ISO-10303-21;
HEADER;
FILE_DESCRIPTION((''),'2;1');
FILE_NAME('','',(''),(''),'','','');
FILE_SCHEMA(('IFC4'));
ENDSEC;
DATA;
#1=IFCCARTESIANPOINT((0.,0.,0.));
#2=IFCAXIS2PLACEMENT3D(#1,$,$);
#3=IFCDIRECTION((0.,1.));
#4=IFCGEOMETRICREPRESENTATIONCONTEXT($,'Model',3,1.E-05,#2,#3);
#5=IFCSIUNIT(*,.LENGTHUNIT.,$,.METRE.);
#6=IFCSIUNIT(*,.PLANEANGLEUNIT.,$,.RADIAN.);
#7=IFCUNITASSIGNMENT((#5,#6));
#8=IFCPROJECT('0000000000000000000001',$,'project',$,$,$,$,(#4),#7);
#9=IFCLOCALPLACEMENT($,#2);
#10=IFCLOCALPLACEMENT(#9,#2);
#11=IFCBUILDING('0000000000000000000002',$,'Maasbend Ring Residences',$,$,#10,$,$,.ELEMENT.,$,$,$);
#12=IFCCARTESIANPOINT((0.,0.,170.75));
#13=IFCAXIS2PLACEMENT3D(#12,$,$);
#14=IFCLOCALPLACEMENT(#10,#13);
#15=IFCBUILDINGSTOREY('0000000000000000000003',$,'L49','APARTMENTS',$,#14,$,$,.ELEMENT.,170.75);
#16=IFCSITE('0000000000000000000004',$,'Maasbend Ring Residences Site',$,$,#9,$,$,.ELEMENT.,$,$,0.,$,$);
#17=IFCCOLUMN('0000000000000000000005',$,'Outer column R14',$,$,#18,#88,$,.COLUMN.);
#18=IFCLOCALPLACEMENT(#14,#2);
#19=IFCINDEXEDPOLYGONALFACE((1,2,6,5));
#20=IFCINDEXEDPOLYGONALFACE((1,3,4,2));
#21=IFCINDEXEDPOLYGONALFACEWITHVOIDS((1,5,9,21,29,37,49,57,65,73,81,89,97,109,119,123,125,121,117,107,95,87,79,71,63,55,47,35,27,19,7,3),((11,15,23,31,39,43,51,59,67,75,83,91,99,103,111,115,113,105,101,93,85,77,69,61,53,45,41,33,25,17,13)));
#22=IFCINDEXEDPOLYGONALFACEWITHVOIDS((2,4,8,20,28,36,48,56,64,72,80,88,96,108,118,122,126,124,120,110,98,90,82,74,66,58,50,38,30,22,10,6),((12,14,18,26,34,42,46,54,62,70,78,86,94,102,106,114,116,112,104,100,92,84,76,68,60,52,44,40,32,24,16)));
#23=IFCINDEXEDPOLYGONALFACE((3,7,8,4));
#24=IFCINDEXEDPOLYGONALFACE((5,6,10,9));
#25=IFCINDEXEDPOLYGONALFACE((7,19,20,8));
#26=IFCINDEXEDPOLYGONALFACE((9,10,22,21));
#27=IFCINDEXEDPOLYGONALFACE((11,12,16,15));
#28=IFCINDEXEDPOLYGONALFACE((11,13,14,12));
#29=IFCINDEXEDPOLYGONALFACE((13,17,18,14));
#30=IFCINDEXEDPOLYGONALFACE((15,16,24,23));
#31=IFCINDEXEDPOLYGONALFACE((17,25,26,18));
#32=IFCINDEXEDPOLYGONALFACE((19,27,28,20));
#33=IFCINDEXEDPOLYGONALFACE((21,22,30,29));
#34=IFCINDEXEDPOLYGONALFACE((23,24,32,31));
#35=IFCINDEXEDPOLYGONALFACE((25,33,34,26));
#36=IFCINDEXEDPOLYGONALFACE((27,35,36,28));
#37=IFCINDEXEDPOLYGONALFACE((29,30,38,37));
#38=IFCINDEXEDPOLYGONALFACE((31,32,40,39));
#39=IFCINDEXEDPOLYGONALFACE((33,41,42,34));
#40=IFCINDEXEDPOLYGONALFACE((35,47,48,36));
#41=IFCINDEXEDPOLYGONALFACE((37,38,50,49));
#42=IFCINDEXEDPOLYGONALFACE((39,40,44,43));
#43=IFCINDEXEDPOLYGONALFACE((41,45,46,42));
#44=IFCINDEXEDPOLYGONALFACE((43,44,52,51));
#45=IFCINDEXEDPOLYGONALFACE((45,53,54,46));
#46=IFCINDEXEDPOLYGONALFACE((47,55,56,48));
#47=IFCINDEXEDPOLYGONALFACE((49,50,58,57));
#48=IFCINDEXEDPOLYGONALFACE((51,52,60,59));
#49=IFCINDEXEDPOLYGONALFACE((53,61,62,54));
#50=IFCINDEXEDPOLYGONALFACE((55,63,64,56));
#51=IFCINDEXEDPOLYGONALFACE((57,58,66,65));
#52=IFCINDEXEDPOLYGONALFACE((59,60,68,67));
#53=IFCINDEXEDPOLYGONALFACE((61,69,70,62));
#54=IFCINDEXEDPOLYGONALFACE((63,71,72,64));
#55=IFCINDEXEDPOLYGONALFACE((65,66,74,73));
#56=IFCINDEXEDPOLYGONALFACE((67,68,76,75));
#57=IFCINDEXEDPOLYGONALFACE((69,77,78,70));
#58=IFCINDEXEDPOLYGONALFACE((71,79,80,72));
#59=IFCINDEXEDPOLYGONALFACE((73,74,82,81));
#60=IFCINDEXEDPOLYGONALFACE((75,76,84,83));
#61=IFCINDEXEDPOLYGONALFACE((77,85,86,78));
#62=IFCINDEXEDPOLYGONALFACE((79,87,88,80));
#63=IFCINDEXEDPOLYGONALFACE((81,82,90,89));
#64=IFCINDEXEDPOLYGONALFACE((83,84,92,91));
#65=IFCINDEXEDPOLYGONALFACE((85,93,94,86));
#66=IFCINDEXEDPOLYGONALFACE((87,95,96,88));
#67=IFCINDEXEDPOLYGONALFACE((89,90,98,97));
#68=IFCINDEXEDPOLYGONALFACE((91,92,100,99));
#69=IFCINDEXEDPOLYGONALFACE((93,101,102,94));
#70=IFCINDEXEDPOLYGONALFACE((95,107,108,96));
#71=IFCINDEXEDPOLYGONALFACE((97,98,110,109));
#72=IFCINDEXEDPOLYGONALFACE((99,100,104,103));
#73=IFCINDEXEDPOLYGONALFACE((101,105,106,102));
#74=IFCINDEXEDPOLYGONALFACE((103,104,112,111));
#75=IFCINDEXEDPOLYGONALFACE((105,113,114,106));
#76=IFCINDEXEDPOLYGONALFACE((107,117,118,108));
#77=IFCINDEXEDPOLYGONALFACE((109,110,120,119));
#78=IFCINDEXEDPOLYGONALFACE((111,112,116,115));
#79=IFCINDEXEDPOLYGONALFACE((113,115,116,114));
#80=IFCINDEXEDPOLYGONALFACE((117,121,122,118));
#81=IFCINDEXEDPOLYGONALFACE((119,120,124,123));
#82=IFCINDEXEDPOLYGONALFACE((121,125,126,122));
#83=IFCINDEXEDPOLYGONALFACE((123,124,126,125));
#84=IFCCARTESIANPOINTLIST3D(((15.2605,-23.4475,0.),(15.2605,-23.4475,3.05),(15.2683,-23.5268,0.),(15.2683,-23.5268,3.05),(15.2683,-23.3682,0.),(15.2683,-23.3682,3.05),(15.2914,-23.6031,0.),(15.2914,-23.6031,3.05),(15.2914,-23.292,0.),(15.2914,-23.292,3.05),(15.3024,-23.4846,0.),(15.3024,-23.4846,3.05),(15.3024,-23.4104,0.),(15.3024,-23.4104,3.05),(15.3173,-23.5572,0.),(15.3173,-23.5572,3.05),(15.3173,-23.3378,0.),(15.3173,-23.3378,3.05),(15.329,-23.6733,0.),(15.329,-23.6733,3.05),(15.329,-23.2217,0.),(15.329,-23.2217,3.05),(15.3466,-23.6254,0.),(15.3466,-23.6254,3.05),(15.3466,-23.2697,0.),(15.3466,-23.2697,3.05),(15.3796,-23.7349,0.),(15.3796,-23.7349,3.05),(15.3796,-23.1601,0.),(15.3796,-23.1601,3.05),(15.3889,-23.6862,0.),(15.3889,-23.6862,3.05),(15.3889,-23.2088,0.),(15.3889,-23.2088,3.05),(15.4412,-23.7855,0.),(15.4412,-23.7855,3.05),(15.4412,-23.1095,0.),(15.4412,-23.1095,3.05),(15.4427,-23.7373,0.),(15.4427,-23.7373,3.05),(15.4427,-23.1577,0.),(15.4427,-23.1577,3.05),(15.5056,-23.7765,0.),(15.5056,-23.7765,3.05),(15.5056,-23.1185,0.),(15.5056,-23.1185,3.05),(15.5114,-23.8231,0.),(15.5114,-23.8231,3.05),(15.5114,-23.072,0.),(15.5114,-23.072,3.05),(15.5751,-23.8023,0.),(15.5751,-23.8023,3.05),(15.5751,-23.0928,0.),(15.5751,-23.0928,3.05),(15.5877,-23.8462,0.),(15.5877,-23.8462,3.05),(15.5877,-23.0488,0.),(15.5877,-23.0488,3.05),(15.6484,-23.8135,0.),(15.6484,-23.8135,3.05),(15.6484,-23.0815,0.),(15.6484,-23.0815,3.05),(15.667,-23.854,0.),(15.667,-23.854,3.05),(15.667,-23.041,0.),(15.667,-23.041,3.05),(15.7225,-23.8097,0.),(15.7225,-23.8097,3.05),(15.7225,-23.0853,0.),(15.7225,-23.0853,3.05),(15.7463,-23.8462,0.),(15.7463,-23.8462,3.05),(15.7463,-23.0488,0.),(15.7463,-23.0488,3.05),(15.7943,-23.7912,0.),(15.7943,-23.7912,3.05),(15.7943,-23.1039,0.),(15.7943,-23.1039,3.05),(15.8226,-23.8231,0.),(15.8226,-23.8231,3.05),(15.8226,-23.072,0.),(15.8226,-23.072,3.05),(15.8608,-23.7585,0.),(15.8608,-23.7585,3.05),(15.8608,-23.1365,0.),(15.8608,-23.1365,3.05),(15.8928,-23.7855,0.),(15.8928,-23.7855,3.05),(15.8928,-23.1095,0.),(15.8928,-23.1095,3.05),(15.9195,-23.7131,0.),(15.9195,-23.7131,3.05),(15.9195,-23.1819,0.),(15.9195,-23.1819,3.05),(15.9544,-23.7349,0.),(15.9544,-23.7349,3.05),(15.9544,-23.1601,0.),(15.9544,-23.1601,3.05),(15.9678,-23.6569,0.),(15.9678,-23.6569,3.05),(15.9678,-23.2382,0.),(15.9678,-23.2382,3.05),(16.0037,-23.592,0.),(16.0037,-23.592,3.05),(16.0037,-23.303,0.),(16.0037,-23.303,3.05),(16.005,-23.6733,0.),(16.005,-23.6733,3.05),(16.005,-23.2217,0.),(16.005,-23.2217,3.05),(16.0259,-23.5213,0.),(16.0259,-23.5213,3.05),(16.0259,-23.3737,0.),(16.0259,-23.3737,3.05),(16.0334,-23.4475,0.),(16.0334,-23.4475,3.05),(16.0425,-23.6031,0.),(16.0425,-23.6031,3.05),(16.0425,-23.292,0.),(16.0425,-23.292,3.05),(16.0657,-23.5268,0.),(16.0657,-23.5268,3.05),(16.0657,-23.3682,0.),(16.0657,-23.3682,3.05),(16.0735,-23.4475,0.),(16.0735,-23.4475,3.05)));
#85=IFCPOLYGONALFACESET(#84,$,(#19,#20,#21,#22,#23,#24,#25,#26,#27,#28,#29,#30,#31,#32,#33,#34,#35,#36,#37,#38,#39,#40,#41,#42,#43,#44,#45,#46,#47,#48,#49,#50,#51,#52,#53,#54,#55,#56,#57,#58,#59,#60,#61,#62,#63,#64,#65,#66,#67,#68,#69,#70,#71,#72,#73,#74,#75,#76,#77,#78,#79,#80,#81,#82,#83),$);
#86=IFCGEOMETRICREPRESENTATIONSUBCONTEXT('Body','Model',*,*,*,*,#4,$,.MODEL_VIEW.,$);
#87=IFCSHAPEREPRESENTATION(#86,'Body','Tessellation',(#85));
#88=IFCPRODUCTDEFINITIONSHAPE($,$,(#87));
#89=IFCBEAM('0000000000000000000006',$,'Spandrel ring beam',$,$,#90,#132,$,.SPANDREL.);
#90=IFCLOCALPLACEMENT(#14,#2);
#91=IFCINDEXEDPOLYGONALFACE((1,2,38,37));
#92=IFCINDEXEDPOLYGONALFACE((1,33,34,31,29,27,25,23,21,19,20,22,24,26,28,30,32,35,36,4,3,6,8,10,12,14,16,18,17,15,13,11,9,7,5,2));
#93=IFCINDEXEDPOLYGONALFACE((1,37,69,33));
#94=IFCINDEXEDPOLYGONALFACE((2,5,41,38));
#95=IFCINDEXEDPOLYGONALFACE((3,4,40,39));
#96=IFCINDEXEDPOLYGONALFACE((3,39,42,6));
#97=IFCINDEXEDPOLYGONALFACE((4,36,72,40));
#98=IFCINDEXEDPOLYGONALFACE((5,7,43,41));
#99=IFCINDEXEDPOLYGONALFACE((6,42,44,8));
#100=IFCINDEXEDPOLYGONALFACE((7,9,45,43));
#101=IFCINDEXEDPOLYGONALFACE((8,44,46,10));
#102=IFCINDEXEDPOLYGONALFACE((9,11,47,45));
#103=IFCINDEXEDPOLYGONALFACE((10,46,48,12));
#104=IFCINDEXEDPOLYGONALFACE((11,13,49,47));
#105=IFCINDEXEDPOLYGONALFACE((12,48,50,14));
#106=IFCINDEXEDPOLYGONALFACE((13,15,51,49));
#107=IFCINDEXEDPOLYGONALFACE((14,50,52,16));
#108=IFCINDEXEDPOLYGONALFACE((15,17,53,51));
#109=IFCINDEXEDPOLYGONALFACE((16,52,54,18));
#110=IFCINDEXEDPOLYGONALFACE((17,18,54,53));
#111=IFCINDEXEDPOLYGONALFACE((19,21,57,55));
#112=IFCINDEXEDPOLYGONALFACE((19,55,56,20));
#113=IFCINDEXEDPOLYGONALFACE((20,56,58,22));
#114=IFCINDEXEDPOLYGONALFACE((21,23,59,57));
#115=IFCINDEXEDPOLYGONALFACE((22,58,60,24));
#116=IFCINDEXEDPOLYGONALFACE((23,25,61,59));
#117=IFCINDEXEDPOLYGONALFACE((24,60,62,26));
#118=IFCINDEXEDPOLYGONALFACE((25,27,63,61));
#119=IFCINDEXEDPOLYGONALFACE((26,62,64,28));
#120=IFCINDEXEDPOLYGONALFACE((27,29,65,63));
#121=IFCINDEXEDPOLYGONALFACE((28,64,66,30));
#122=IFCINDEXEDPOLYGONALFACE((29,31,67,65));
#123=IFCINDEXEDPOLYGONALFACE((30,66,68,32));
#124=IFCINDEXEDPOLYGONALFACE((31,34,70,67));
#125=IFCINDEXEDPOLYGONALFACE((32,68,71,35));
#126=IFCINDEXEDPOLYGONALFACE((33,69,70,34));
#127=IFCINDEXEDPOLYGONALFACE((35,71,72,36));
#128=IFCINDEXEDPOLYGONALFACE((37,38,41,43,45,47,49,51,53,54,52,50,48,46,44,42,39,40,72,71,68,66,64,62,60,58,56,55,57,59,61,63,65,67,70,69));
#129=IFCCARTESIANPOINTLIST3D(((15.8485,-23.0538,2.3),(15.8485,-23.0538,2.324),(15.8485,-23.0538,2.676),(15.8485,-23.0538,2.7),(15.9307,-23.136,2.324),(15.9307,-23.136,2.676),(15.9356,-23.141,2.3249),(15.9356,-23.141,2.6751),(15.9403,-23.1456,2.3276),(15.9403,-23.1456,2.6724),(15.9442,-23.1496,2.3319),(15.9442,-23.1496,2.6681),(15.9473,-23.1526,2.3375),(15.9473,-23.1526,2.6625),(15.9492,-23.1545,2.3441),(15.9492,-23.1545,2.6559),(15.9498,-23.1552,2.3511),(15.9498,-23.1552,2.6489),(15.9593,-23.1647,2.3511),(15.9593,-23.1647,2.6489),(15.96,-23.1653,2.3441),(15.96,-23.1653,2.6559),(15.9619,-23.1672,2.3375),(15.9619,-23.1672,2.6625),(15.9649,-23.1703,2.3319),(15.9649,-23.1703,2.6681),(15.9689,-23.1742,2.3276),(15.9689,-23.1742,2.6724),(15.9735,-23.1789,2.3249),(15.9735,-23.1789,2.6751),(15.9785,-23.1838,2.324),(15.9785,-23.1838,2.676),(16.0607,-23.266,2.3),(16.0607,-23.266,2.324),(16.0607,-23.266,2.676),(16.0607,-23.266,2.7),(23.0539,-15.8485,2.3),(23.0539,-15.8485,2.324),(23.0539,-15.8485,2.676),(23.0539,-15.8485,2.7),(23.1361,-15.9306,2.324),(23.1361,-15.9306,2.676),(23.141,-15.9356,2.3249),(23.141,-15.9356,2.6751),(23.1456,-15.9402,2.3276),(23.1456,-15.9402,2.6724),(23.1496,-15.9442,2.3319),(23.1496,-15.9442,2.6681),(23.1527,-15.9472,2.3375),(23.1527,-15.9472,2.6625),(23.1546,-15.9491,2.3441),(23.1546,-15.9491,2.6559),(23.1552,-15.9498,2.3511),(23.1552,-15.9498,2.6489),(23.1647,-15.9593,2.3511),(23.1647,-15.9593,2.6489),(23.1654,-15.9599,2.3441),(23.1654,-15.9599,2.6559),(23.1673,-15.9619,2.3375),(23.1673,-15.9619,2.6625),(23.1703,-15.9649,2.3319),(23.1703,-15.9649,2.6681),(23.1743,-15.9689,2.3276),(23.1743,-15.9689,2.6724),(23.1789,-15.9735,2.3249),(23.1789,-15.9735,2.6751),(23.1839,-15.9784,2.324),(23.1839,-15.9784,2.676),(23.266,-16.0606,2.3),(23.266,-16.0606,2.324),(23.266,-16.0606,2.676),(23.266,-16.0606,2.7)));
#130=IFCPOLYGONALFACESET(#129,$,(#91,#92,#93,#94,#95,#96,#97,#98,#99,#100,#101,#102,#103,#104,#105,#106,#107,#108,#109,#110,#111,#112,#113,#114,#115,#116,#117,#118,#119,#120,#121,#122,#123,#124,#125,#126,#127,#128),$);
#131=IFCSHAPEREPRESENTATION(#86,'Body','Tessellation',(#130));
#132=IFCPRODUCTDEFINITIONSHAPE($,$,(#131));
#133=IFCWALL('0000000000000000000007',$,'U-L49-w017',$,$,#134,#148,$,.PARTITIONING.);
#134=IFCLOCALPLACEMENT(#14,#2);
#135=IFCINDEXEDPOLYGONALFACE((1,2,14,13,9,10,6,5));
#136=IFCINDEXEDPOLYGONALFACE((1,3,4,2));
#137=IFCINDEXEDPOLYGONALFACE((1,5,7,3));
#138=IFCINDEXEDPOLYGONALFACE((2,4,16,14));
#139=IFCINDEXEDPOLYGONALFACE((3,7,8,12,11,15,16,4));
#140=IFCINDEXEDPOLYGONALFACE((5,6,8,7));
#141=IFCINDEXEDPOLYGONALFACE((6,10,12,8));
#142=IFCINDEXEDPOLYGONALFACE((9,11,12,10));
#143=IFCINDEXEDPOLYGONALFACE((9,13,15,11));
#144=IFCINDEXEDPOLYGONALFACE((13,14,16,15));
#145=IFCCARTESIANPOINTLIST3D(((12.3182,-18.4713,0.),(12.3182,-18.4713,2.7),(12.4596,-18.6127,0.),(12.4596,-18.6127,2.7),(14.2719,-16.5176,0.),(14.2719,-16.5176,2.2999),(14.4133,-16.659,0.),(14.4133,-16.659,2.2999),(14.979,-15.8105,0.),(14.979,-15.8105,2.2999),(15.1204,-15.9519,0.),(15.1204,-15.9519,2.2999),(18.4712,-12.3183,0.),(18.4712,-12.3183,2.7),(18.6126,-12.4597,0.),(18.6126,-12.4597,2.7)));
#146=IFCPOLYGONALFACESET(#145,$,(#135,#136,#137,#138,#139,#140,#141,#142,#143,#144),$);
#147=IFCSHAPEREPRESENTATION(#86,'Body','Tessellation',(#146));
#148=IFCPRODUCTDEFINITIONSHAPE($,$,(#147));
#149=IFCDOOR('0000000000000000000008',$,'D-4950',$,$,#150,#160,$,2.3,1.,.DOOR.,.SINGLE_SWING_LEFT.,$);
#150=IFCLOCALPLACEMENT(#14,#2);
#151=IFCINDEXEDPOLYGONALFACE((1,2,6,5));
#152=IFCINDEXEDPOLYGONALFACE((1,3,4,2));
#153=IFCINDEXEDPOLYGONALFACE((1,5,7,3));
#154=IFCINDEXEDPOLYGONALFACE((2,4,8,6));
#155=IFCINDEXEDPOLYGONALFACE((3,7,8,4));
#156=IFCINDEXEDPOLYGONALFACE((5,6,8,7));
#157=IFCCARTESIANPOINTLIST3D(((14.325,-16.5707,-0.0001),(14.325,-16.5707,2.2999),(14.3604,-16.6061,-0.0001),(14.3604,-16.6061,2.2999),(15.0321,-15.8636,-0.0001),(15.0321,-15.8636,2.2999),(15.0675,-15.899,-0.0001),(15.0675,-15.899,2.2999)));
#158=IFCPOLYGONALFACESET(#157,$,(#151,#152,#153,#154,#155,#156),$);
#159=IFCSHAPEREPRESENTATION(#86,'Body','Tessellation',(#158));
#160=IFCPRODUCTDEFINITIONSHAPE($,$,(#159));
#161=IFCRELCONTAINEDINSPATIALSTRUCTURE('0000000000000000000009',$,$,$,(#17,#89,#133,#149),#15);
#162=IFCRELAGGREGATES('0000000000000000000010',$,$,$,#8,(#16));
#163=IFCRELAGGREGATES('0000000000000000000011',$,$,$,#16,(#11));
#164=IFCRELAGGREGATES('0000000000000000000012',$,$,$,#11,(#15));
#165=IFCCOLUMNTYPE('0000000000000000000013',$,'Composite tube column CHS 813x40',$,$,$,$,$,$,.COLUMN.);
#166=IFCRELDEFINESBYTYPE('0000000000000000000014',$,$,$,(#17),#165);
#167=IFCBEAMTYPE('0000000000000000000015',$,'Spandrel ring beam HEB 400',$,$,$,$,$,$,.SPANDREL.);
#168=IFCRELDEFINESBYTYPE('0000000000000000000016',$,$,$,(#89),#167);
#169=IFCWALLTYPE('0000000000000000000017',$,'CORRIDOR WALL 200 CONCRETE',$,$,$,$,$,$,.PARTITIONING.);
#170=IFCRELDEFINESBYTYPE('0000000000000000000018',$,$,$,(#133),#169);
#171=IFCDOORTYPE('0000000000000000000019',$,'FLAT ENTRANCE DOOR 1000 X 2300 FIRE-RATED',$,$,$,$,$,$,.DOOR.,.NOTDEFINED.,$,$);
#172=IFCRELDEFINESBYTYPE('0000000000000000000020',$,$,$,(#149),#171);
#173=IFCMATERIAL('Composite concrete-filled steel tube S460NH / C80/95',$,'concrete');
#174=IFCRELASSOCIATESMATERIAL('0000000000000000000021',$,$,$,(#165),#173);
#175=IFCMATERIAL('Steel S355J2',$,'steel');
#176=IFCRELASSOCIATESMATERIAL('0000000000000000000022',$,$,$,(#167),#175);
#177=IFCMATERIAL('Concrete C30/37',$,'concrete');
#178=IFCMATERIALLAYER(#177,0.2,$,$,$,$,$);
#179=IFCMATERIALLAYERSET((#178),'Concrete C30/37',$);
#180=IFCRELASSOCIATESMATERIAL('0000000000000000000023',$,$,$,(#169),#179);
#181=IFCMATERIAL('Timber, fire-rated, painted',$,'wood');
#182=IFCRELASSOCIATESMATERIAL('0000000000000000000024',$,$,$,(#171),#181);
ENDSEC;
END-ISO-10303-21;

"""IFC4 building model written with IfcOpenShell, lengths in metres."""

from ifc_helpers import new_model, si_unit, direction, frame, frame_2d, origin, origin_2d, place, context, subcontext, project, spatial, rectangle, hollow_circle, i_section, extrude, material, layer, layer_set, material_profile, profile_set, type_object, element, fill, save


model = new_model("IFC4")

# Units and contexts
model_context = context("Model", 3, precision=1e-05, world=origin(), true_north=direction((0.0, 1.0)))
body_context = subcontext(model_context, "Body", "Model", "MODEL_VIEW")
ifc_project = project(units=[si_unit("LENGTHUNIT", "METRE"), si_unit("PLANEANGLEUNIT", "RADIAN")], contexts=[model_context])

# Site, building, storey
site_placement = place(None, origin())
site = spatial("IfcSite", under=ifc_project, at=site_placement, Name="Maasbend Ring Residences Site", CompositionType="ELEMENT", RefElevation=0.0)
building_placement = place(site_placement, origin())
building = spatial("IfcBuilding", under=site, at=building_placement, Name="Maasbend Ring Residences", CompositionType="ELEMENT")
storey_placement = place(building_placement, frame((0.0, 0.0, 170.75)))
storey = spatial("IfcBuildingStorey", under=building, at=storey_placement, Name="L49", Description="APARTMENTS", CompositionType="ELEMENT", Elevation=170.75)

# Column
ifc_material_1 = material(Name="Composite concrete-filled steel tube S460NH / C80/95", Category="concrete")
ifc_material_profile_1 = material_profile(ifc_material_1, hollow_circle(Radius=0.4065, WallThickness=0.04, at=origin_2d()), Name="Composite tube column CHS 813x40")
ifc_profile_set_1 = profile_set([ifc_material_profile_1], Name="Composite concrete-filled steel tube S460NH / C80/95")
column_type = type_object("IfcColumnType", Name="Composite tube column CHS 813x40", PredefinedType="COLUMN", material=ifc_profile_set_1)
column_placement = place(storey_placement, frame((15.667, -23.4475, 0.0), z_axis=(0.0, 0.0, 1.0), x_axis=(1.0, 0.0, 0.0)))
element("IfcColumn", 1, at=column_placement, inside=storey, type_object=column_type, Name="Outer column R14", PredefinedType="COLUMN", context=body_context, shape_type="SweptSolid", body=[
    extrude(hollow_circle(Radius=0.4065, WallThickness=0.04, at=origin_2d()), origin(), (0.0, 0.0, 1.0), 3.05),
])

# Beam
ifc_material_2 = material(Name="Steel S355J2", Category="steel")
ifc_material_profile_2 = material_profile(ifc_material_2, i_section(OverallWidth=0.3, OverallDepth=0.3999, WebThickness=0.0134, FlangeThickness=0.0239, FilletRadius=0.0271, at=origin_2d()), Name="HEB 400")
ifc_profile_set_2 = profile_set([ifc_material_profile_2], Name="Steel S355J2")
beam_type = type_object("IfcBeamType", Name="Spandrel ring beam HEB 400", PredefinedType="SPANDREL", material=ifc_profile_set_2)
beam_placement = place(storey_placement, frame((15.9546, -23.1599, 2.5), z_axis=(0.707107, 0.707107, 0.0), x_axis=(-0.707107, 0.707107, 0.0)))
element("IfcBeam", 2, at=beam_placement, inside=storey, type_object=beam_type, Name="Spandrel ring beam", PredefinedType="SPANDREL", context=body_context, shape_type="SweptSolid", body=[
    extrude(i_section(OverallWidth=0.3, OverallDepth=0.3999, WebThickness=0.0134, FlangeThickness=0.0239, FilletRadius=0.0271, at=origin_2d()), origin(), (0.0, 0.0, 1.0), 10.1899),
])

# Wall, opening, door
ifc_material_3 = material(Name="Concrete C30/37", Category="concrete")
ifc_layer_1 = layer(ifc_material_3, 0.2)
ifc_layer_set_1 = layer_set([ifc_layer_1], Name="Concrete C30/37")
wall_type_1 = type_object("IfcWallType", Name="CORRIDOR WALL 200 CONCRETE", PredefinedType="PARTITIONING", material=ifc_layer_set_1)
wall_1_placement = place(storey_placement, frame((12.3889, -18.542, 0.0), z_axis=(0.0, 0.0, 1.0), x_axis=(0.707107, 0.707107, 0.0)))
wall_1 = element("IfcWall", 3, at=wall_1_placement, inside=storey, type_object=wall_type_1, Name="U-L49-w017", PredefinedType="PARTITIONING", context=body_context, shape_type="SweptSolid", body=[
    extrude(rectangle(XDim=8.7017, YDim=0.2, at=frame_2d((4.3508, 0.0))), origin(), (0.0, 0.0, 1.0), 2.7),
])
opening_1_placement = place(wall_1_placement, frame((2.7629, 0.0, 0.0)))
opening_1 = element("IfcOpeningElement", 4, at=opening_1_placement, cuts=wall_1, PredefinedType="OPENING", context=body_context, shape_type="SweptSolid", body=[
    extrude(rectangle(XDim=1.0, YDim=2.3, at=frame_2d((0.5, 1.1499))), frame((0.0, 0.1099, 0.0), z_axis=(0.0, -1.0, 0.0), x_axis=(1.0, 0.0, 0.0)), (0.0, 0.0, 1.0), 0.22),
])
ifc_material_4 = material(Name="Timber, fire-rated, painted", Category="wood")
door_type_1 = type_object("IfcDoorType", Name="FLAT ENTRANCE DOOR 1000 X 2300 FIRE-RATED", OperationType="NOTDEFINED", PredefinedType="DOOR", material=ifc_material_4)
door_1_placement = place(opening_1_placement, origin())
door_1 = element("IfcDoor", 5, at=door_1_placement, inside=storey, type_object=door_type_1, Name="D-4950", OperationType="SINGLE_SWING_LEFT", OverallHeight=2.3, OverallWidth=1.0, PredefinedType="DOOR", context=body_context, shape_type="SweptSolid", body=[
    extrude(rectangle(XDim=1.0, YDim=2.3, at=frame_2d((0.5, 1.1499))), frame((0.0, 0.0249, 0.0), z_axis=(0.0, -1.0, 0.0), x_axis=(1.0, 0.0, 0.0)), (0.0, 0.0, 1.0), 0.05),
])
fill(opening_1, door_1)

save(model, "model.ifc")
